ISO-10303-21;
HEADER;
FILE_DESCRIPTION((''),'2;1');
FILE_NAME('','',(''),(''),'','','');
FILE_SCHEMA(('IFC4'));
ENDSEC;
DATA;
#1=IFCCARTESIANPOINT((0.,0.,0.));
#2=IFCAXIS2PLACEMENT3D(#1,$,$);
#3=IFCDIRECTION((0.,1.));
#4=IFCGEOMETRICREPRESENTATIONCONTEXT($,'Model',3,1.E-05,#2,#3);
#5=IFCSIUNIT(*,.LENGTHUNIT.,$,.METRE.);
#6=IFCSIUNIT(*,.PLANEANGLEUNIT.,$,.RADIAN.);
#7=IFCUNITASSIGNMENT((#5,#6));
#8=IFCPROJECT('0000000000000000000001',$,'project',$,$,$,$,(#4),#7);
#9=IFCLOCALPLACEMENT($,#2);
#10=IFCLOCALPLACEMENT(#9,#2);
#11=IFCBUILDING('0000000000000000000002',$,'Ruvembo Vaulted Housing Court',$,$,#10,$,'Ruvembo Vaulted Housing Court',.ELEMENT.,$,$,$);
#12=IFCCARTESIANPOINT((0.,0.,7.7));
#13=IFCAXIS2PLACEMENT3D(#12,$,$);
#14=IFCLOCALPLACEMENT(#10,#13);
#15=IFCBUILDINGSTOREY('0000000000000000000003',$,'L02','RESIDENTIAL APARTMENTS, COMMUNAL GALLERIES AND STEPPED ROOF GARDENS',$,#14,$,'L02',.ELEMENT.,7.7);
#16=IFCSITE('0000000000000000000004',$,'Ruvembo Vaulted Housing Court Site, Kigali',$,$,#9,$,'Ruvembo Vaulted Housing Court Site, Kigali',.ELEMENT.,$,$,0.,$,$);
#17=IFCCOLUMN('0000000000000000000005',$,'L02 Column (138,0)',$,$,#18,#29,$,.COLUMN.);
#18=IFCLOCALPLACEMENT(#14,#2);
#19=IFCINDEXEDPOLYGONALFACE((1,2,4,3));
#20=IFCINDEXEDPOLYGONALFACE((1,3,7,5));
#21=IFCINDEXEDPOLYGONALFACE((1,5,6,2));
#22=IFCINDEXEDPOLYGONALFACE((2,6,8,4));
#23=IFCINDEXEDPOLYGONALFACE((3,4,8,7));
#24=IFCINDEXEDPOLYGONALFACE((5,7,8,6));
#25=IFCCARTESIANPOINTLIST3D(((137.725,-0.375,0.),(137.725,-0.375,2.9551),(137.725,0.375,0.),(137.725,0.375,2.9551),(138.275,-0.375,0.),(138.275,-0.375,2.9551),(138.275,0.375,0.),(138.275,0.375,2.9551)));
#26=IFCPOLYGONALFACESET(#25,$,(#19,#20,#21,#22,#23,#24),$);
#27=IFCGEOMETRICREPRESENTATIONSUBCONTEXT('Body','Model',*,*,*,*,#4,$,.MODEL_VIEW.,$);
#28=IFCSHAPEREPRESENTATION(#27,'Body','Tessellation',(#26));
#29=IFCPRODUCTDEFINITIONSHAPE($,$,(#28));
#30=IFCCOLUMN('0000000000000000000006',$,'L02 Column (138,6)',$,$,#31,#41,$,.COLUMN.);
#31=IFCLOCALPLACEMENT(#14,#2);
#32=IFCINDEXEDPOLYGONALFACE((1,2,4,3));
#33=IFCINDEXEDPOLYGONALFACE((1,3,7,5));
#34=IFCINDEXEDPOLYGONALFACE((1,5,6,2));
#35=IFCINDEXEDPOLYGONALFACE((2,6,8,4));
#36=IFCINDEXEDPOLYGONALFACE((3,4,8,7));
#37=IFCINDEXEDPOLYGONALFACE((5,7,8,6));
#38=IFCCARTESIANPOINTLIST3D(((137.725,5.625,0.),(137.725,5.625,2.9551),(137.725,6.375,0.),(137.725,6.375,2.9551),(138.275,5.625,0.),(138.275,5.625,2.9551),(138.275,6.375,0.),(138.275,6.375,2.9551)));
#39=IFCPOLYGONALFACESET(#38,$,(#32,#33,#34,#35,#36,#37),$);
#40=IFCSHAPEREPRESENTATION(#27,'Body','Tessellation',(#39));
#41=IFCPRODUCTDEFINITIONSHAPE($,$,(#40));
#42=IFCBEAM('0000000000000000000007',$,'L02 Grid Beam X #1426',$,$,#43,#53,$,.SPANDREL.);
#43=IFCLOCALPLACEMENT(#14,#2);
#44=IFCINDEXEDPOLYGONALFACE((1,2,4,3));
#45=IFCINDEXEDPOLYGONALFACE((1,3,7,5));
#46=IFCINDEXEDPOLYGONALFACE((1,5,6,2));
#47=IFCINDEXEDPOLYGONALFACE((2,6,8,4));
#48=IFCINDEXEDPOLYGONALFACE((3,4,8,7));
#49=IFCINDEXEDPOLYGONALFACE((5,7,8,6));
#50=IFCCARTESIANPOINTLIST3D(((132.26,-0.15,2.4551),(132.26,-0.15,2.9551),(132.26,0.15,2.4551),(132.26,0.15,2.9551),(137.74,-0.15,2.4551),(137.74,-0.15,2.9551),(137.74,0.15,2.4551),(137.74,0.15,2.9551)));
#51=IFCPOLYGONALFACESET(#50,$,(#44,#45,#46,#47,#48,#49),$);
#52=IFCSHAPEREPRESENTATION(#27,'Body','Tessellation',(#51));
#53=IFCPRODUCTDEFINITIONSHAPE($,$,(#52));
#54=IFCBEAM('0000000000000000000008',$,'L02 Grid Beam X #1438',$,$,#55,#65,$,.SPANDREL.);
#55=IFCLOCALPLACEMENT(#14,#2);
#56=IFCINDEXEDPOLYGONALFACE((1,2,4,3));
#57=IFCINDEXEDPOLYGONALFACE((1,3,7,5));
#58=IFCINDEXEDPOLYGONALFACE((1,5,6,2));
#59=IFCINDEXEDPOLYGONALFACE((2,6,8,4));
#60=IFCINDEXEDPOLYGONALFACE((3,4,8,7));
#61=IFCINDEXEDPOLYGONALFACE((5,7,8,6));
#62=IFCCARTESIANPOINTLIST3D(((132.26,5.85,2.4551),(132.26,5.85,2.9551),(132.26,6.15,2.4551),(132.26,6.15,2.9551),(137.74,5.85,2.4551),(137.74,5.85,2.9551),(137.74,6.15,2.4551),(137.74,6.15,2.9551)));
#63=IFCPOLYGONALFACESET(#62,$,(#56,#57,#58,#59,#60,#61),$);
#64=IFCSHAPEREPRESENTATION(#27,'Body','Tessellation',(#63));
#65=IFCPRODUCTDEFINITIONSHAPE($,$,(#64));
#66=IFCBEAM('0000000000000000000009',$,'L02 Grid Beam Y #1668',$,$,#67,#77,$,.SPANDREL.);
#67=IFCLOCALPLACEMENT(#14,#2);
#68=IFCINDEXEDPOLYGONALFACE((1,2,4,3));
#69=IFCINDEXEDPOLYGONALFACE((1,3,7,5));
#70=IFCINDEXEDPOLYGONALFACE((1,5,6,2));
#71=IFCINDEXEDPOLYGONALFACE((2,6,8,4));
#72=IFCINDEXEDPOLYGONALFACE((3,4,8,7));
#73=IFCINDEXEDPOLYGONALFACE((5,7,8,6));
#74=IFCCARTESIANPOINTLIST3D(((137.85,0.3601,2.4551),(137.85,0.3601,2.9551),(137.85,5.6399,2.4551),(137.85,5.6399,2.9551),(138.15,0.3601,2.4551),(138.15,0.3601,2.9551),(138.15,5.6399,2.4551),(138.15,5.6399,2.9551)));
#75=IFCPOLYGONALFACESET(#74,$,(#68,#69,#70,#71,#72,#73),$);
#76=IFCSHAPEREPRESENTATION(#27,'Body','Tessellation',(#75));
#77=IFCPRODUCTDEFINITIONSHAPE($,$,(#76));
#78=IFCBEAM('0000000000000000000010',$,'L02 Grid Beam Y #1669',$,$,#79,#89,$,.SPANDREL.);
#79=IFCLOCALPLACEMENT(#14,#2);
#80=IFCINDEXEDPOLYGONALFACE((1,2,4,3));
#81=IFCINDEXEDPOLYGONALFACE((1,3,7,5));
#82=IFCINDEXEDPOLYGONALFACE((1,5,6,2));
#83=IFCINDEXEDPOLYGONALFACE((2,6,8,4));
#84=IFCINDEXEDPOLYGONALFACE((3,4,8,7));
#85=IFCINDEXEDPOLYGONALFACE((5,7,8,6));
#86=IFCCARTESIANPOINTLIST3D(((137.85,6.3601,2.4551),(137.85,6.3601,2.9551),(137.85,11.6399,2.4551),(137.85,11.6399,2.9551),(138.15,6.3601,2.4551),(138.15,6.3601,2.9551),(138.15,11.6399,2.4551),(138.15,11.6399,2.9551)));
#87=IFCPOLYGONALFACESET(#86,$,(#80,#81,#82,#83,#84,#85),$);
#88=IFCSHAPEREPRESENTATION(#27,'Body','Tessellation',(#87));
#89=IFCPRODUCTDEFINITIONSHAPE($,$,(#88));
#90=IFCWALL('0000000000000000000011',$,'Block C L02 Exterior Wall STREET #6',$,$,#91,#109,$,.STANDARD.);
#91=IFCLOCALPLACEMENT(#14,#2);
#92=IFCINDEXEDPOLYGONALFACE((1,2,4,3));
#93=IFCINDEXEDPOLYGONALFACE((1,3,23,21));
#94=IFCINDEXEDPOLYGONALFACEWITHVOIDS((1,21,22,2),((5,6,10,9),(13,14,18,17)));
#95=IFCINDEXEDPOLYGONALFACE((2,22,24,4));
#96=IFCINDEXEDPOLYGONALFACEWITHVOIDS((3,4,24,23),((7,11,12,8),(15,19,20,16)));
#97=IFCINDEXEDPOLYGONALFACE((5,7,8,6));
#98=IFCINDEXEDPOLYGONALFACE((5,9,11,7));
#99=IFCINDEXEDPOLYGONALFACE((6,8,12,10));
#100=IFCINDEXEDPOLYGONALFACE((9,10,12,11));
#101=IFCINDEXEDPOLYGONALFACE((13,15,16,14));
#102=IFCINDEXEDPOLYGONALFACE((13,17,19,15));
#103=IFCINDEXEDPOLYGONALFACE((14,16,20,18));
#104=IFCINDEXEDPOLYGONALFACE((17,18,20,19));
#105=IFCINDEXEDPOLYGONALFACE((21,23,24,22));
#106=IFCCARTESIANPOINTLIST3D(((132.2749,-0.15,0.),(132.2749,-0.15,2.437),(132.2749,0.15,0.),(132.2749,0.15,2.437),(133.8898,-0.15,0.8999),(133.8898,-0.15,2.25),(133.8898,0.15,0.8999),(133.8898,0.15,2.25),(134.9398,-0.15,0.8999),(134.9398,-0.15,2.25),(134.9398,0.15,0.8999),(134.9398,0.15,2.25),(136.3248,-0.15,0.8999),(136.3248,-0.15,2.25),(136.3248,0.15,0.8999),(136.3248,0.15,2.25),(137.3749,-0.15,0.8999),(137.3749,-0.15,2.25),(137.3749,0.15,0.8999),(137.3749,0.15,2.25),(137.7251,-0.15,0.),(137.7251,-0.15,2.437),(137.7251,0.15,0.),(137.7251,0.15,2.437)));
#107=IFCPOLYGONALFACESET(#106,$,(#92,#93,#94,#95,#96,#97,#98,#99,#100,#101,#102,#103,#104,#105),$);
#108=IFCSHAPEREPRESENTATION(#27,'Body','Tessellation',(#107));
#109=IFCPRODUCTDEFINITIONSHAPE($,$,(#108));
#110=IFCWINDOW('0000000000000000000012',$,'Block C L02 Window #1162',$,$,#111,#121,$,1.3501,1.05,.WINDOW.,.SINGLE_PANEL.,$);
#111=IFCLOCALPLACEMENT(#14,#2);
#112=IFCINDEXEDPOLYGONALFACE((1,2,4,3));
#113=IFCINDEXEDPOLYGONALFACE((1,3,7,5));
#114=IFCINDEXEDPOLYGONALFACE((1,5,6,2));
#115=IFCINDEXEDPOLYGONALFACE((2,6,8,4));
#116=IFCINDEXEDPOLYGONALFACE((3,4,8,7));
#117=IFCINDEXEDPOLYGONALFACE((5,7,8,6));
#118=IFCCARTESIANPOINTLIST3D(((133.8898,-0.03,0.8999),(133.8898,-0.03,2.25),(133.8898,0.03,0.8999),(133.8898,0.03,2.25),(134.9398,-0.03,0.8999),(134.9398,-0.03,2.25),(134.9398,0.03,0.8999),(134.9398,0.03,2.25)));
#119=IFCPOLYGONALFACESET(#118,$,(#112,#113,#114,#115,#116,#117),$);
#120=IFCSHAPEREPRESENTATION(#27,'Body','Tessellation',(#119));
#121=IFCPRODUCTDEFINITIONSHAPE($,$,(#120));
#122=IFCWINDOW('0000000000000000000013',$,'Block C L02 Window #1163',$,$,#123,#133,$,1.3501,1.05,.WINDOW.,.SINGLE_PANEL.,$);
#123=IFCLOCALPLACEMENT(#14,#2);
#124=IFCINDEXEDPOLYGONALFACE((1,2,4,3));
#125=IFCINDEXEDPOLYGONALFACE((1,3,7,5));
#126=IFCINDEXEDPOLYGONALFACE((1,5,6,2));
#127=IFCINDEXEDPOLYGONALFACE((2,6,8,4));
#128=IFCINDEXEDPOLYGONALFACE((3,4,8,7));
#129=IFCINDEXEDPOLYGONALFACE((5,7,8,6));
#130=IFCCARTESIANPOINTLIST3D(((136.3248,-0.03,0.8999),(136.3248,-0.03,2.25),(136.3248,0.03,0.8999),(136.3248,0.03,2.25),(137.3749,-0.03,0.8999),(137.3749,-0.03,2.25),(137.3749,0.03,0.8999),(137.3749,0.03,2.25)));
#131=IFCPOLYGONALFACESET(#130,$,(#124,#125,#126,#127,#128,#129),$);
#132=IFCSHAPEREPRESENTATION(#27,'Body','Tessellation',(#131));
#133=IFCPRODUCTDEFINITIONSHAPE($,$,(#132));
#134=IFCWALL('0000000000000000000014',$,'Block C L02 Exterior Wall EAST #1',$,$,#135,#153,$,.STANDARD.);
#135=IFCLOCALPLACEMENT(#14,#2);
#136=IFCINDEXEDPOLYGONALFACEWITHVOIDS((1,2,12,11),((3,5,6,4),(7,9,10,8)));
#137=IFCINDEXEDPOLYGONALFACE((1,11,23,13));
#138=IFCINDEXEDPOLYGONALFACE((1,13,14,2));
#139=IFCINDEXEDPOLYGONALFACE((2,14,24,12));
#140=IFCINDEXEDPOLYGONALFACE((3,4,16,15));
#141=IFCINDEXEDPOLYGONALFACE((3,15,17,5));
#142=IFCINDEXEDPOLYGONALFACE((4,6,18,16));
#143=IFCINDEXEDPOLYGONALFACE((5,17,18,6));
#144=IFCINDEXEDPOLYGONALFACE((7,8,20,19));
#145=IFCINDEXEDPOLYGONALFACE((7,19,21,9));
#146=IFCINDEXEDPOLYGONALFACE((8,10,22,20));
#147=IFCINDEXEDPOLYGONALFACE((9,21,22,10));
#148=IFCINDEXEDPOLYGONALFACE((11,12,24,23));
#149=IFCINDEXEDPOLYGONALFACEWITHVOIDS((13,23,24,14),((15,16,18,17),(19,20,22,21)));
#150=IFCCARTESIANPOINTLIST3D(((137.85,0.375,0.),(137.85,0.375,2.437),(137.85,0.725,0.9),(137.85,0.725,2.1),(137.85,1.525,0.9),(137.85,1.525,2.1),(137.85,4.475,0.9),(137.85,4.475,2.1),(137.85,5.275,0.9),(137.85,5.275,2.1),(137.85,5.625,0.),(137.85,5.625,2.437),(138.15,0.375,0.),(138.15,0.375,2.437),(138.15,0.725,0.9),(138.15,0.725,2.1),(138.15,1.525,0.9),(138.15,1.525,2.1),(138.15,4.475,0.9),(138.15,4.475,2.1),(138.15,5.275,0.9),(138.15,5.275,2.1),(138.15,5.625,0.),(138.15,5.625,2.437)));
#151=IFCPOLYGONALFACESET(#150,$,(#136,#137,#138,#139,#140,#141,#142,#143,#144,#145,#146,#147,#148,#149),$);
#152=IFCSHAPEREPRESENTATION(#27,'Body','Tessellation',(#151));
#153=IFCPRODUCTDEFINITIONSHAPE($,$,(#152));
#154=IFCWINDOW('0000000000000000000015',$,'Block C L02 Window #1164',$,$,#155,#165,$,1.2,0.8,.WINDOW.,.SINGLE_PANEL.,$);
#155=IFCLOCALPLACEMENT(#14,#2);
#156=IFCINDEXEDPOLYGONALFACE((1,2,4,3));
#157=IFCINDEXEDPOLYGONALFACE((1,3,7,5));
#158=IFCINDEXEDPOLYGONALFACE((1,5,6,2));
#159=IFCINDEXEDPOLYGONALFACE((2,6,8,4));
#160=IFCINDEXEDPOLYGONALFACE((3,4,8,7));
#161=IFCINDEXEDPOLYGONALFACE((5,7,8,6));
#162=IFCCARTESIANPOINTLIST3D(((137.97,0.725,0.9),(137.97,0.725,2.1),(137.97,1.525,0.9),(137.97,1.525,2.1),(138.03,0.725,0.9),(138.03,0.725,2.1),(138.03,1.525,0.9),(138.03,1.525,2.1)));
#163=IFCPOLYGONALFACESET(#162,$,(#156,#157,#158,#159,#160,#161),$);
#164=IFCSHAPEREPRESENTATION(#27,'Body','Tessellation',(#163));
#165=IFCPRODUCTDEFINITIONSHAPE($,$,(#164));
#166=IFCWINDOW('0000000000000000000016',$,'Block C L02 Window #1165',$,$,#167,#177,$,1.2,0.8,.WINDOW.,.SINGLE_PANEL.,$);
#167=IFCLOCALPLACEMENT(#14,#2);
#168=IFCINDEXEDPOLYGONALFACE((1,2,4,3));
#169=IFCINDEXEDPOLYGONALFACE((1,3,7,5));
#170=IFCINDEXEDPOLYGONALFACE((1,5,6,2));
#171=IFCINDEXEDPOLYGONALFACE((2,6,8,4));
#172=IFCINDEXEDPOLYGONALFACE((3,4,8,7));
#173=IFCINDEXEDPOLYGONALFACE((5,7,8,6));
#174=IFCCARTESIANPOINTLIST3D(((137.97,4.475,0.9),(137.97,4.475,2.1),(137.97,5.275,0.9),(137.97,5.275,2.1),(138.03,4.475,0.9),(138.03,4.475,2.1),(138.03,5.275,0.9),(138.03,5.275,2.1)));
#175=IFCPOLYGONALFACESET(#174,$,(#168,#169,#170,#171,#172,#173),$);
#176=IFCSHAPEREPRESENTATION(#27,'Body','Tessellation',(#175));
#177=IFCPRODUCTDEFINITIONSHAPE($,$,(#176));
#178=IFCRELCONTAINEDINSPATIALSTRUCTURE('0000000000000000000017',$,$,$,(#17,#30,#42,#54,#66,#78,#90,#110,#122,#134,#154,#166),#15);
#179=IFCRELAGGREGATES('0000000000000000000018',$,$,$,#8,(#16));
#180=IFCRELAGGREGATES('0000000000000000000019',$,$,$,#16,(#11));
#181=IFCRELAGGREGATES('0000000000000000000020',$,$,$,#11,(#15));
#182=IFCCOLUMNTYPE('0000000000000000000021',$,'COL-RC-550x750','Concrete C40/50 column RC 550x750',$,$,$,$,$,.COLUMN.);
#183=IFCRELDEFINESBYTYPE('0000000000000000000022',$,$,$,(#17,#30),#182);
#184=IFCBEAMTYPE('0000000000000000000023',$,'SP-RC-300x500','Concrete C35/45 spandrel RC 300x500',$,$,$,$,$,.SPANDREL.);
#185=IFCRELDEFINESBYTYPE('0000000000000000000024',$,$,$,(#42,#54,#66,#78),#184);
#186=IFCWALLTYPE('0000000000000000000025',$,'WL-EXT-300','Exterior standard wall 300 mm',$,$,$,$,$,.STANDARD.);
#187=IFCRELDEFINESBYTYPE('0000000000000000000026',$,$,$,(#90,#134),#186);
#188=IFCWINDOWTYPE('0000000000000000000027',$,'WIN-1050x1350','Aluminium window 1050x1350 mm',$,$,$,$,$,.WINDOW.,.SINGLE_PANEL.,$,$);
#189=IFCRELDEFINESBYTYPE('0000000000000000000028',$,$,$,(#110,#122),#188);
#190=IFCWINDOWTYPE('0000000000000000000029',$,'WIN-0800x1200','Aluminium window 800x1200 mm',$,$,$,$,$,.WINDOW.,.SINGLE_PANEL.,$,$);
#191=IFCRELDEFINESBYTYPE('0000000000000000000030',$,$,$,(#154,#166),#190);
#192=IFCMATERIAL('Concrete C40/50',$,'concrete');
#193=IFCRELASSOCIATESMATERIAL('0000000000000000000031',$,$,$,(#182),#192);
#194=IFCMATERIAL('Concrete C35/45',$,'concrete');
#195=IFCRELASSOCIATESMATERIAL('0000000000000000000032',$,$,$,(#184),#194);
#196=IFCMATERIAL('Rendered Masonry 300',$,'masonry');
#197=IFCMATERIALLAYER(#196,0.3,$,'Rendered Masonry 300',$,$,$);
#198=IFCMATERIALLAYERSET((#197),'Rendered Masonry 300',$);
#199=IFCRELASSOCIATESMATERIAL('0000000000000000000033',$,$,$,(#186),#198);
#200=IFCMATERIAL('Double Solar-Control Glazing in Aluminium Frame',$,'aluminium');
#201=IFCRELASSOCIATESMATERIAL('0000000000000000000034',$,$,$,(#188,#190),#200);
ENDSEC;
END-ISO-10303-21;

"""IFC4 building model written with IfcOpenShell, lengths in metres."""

from ifc_helpers import new_model, si_unit, direction, frame, frame_2d, origin, origin_2d, place, context, subcontext, project, spatial, rectangle, extrude, material, layer, layer_set, material_profile, profile_set, type_object, element, fill, save


model = new_model("IFC4")

# Units and contexts
model_context = context("Model", 3, precision=1e-05, world=origin(), true_north=direction((0.0, 1.0)))
body_context = subcontext(model_context, "Body", "Model", "MODEL_VIEW")
ifc_project = project(units=[si_unit("LENGTHUNIT", "METRE"), si_unit("PLANEANGLEUNIT", "RADIAN")], contexts=[model_context])

# Site, building, storey
site_placement = place(None, origin())
site = spatial("IfcSite", under=ifc_project, at=site_placement, Name="Ruvembo Vaulted Housing Court Site, Kigali", LongName="Ruvembo Vaulted Housing Court Site, Kigali", CompositionType="ELEMENT", RefElevation=0.0)
building_placement = place(site_placement, origin())
building = spatial("IfcBuilding", under=site, at=building_placement, Name="Ruvembo Vaulted Housing Court", LongName="Ruvembo Vaulted Housing Court", CompositionType="ELEMENT")
storey_placement = place(building_placement, frame((0.0, 0.0, 7.7)))
storey = spatial("IfcBuildingStorey", under=building, at=storey_placement, Name="L02", Description="RESIDENTIAL APARTMENTS, COMMUNAL GALLERIES AND STEPPED ROOF GARDENS", LongName="L02", CompositionType="ELEMENT", Elevation=7.7)

# Columns
ifc_material_1 = material(Name="Concrete C40/50", Category="concrete")
ifc_material_profile_1 = material_profile(ifc_material_1, rectangle(XDim=0.55, YDim=0.75, at=origin_2d()), Name="RC 550x750")
ifc_profile_set_1 = profile_set([ifc_material_profile_1], Name="Concrete C40/50")
column_type = type_object("IfcColumnType", Name="COL-RC-550x750", Description="Concrete C40/50 column RC 550x750", PredefinedType="COLUMN", material=ifc_profile_set_1)
for number, where, z_axis, x_axis, name in (
    (1, (138.0, 0.0, 0.0), (0.0, 0.0, 1.0), (1.0, 0.0, 0.0), "L02 Column (138,0)"),
    (2, (138.0, 6.0, 0.0), (0.0, 0.0, 1.0), (1.0, 0.0, 0.0), "L02 Column (138,6)"),
):
    element("IfcColumn", number, at=place(storey_placement, frame(where, z_axis=z_axis, x_axis=x_axis)), inside=storey, type_object=column_type, Name=name, PredefinedType="COLUMN", context=body_context, shape_type="SweptSolid", body=[
        extrude(rectangle(XDim=0.55, YDim=0.75, at=origin_2d()), origin(), (0.0, 0.0, 1.0), 2.9551),
    ])

# Beams
ifc_material_2 = material(Name="Concrete C35/45", Category="concrete")
ifc_material_profile_2 = material_profile(ifc_material_2, rectangle(XDim=0.3, YDim=0.5, at=origin_2d()), Name="RC 300x500")
ifc_profile_set_2 = profile_set([ifc_material_profile_2], Name="Concrete C35/45")
beam_type = type_object("IfcBeamType", Name="SP-RC-300x500", Description="Concrete C35/45 spandrel RC 300x500", PredefinedType="SPANDREL", material=ifc_profile_set_2)
for number, where, z_axis, x_axis, name in (
    (3, (132.26, 0.0, 2.7051), (1.0, 0.0, 0.0), (0.0, 1.0, 0.0), "L02 Grid Beam X #1426"),
    (4, (132.26, 6.0, 2.7051), (1.0, 0.0, 0.0), (0.0, 1.0, 0.0), "L02 Grid Beam X #1438"),
):
    element("IfcBeam", number, at=place(storey_placement, frame(where, z_axis=z_axis, x_axis=x_axis)), inside=storey, type_object=beam_type, Name=name, PredefinedType="SPANDREL", context=body_context, shape_type="SweptSolid", body=[
        extrude(rectangle(XDim=0.3, YDim=0.5, at=origin_2d()), origin(), (0.0, 0.0, 1.0), 5.48),
    ])
for number, where, z_axis, x_axis, name in (
    (5, (138.0, 0.3601, 2.7051), (0.0, 1.0, 0.0), (-1.0, 0.0, 0.0), "L02 Grid Beam Y #1668"),
    (6, (138.0, 6.3601, 2.7051), (0.0, 1.0, 0.0), (-1.0, 0.0, 0.0), "L02 Grid Beam Y #1669"),
):
    element("IfcBeam", number, at=place(storey_placement, frame(where, z_axis=z_axis, x_axis=x_axis)), inside=storey, type_object=beam_type, Name=name, PredefinedType="SPANDREL", context=body_context, shape_type="SweptSolid", body=[
        extrude(rectangle(XDim=0.3, YDim=0.5, at=origin_2d()), origin(), (0.0, 0.0, 1.0), 5.2798),
    ])

# Walls, openings, windows
ifc_material_3 = material(Name="Rendered Masonry 300", Category="masonry")
ifc_layer_1 = layer(ifc_material_3, 0.3, Name="Rendered Masonry 300")
ifc_layer_set_1 = layer_set([ifc_layer_1], Name="Rendered Masonry 300")
wall_type_1 = type_object("IfcWallType", Name="WL-EXT-300", Description="Exterior standard wall 300 mm", PredefinedType="STANDARD", material=ifc_layer_set_1)
wall_1_placement = place(storey_placement, frame((132.2749, 0.0, 0.0), z_axis=(0.0, 0.0, 1.0), x_axis=(1.0, 0.0, 0.0)))
wall_1 = element("IfcWall", 7, at=wall_1_placement, inside=storey, type_object=wall_type_1, Name="Block C L02 Exterior Wall STREET #6", PredefinedType="STANDARD", context=body_context, shape_type="SweptSolid", body=[
    extrude(rectangle(XDim=5.4502, YDim=0.3, at=frame_2d((2.7251, 0.0))), origin(), (0.0, 0.0, 1.0), 2.437),
])
opening_1_placement = place(wall_1_placement, frame((1.615, 0.0, 0.8999)))
opening_1 = element("IfcOpeningElement", 8, at=opening_1_placement, cuts=wall_1, PredefinedType="OPENING", context=body_context, shape_type="SweptSolid", body=[
    extrude(rectangle(XDim=1.05, YDim=1.3501, at=frame_2d((0.5249, 0.675))), frame((0.0, 0.1599, 0.0), z_axis=(0.0, -1.0, 0.0), x_axis=(1.0, 0.0, 0.0)), (0.0, 0.0, 1.0), 0.3201),
])
opening_2_placement = place(wall_1_placement, frame((4.05, 0.0, 0.8999)))
opening_2 = element("IfcOpeningElement", 9, at=opening_2_placement, cuts=wall_1, PredefinedType="OPENING", context=body_context, shape_type="SweptSolid", body=[
    extrude(rectangle(XDim=1.05, YDim=1.3501, at=frame_2d((0.5249, 0.675))), frame((0.0, 0.1599, 0.0), z_axis=(0.0, -1.0, 0.0), x_axis=(1.0, 0.0, 0.0)), (0.0, 0.0, 1.0), 0.3201),
])
ifc_material_4 = material(Name="Double Solar-Control Glazing in Aluminium Frame", Category="aluminium")
window_type_1 = type_object("IfcWindowType", Name="WIN-1050x1350", Description="Aluminium window 1050x1350 mm", PartitioningType="SINGLE_PANEL", PredefinedType="WINDOW", material=ifc_material_4)
window_1_placement = place(opening_1_placement, origin())
window_1 = element("IfcWindow", 10, at=window_1_placement, inside=storey, type_object=window_type_1, Name="Block C L02 Window #1162", OverallHeight=1.3501, OverallWidth=1.05, PartitioningType="SINGLE_PANEL", PredefinedType="WINDOW", context=body_context, shape_type="SweptSolid", body=[
    extrude(rectangle(XDim=1.05, YDim=1.3501, at=frame_2d((0.5249, 0.675))), frame((0.0, 0.03, 0.0), z_axis=(0.0, -1.0, 0.0), x_axis=(1.0, 0.0, 0.0)), (0.0, 0.0, 1.0), 0.0601),
])
fill(opening_1, window_1)
window_2_placement = place(opening_2_placement, origin())
window_2 = element("IfcWindow", 11, at=window_2_placement, inside=storey, type_object=window_type_1, Name="Block C L02 Window #1163", OverallHeight=1.3501, OverallWidth=1.05, PartitioningType="SINGLE_PANEL", PredefinedType="WINDOW", context=body_context, shape_type="SweptSolid", body=[
    extrude(rectangle(XDim=1.05, YDim=1.3501, at=frame_2d((0.5249, 0.675))), frame((0.0, 0.03, 0.0), z_axis=(0.0, -1.0, 0.0), x_axis=(1.0, 0.0, 0.0)), (0.0, 0.0, 1.0), 0.0601),
])
fill(opening_2, window_2)
wall_2_placement = place(storey_placement, frame((138.0, 0.375, 0.0), z_axis=(0.0, 0.0, 1.0), x_axis=(0.0, 1.0, 0.0)))
wall_2 = element("IfcWall", 12, at=wall_2_placement, inside=storey, type_object=wall_type_1, Name="Block C L02 Exterior Wall EAST #1", PredefinedType="STANDARD", context=body_context, shape_type="SweptSolid", body=[
    extrude(rectangle(XDim=5.25, YDim=0.3, at=frame_2d((2.625, 0.0))), origin(), (0.0, 0.0, 1.0), 2.437),
])
opening_3_placement = place(wall_2_placement, frame((0.3501, 0.0, 0.8999)))
opening_3 = element("IfcOpeningElement", 13, at=opening_3_placement, cuts=wall_2, PredefinedType="OPENING", context=body_context, shape_type="SweptSolid", body=[
    extrude(rectangle(XDim=0.8, YDim=1.2, at=frame_2d((0.3999, 0.6001))), frame((0.0, 0.1599, 0.0), z_axis=(0.0, -1.0, 0.0), x_axis=(1.0, 0.0, 0.0)), (0.0, 0.0, 1.0), 0.3201),
])
opening_4_placement = place(wall_2_placement, frame((4.1001, 0.0, 0.8999)))
opening_4 = element("IfcOpeningElement", 14, at=opening_4_placement, cuts=wall_2, PredefinedType="OPENING", context=body_context, shape_type="SweptSolid", body=[
    extrude(rectangle(XDim=0.8, YDim=1.2, at=frame_2d((0.3999, 0.6001))), frame((0.0, 0.1599, 0.0), z_axis=(0.0, -1.0, 0.0), x_axis=(1.0, 0.0, 0.0)), (0.0, 0.0, 1.0), 0.3201),
])
window_type_2 = type_object("IfcWindowType", Name="WIN-0800x1200", Description="Aluminium window 800x1200 mm", PartitioningType="SINGLE_PANEL", PredefinedType="WINDOW", material=ifc_material_4)
window_3_placement = place(opening_3_placement, origin())
window_3 = element("IfcWindow", 15, at=window_3_placement, inside=storey, type_object=window_type_2, Name="Block C L02 Window #1164", OverallHeight=1.2, OverallWidth=0.8, PartitioningType="SINGLE_PANEL", PredefinedType="WINDOW", context=body_context, shape_type="SweptSolid", body=[
    extrude(rectangle(XDim=0.8, YDim=1.2, at=frame_2d((0.3999, 0.6001))), frame((0.0, 0.03, 0.0), z_axis=(0.0, -1.0, 0.0), x_axis=(1.0, 0.0, 0.0)), (0.0, 0.0, 1.0), 0.0601),
])
fill(opening_3, window_3)
window_4_placement = place(opening_4_placement, origin())
window_4 = element("IfcWindow", 16, at=window_4_placement, inside=storey, type_object=window_type_2, Name="Block C L02 Window #1165", OverallHeight=1.2, OverallWidth=0.8, PartitioningType="SINGLE_PANEL", PredefinedType="WINDOW", context=body_context, shape_type="SweptSolid", body=[
    extrude(rectangle(XDim=0.8, YDim=1.2, at=frame_2d((0.3999, 0.6001))), frame((0.0, 0.03, 0.0), z_axis=(0.0, -1.0, 0.0), x_axis=(1.0, 0.0, 0.0)), (0.0, 0.0, 1.0), 0.0601),
])
fill(opening_4, window_4)

save(model, "model.ifc")
